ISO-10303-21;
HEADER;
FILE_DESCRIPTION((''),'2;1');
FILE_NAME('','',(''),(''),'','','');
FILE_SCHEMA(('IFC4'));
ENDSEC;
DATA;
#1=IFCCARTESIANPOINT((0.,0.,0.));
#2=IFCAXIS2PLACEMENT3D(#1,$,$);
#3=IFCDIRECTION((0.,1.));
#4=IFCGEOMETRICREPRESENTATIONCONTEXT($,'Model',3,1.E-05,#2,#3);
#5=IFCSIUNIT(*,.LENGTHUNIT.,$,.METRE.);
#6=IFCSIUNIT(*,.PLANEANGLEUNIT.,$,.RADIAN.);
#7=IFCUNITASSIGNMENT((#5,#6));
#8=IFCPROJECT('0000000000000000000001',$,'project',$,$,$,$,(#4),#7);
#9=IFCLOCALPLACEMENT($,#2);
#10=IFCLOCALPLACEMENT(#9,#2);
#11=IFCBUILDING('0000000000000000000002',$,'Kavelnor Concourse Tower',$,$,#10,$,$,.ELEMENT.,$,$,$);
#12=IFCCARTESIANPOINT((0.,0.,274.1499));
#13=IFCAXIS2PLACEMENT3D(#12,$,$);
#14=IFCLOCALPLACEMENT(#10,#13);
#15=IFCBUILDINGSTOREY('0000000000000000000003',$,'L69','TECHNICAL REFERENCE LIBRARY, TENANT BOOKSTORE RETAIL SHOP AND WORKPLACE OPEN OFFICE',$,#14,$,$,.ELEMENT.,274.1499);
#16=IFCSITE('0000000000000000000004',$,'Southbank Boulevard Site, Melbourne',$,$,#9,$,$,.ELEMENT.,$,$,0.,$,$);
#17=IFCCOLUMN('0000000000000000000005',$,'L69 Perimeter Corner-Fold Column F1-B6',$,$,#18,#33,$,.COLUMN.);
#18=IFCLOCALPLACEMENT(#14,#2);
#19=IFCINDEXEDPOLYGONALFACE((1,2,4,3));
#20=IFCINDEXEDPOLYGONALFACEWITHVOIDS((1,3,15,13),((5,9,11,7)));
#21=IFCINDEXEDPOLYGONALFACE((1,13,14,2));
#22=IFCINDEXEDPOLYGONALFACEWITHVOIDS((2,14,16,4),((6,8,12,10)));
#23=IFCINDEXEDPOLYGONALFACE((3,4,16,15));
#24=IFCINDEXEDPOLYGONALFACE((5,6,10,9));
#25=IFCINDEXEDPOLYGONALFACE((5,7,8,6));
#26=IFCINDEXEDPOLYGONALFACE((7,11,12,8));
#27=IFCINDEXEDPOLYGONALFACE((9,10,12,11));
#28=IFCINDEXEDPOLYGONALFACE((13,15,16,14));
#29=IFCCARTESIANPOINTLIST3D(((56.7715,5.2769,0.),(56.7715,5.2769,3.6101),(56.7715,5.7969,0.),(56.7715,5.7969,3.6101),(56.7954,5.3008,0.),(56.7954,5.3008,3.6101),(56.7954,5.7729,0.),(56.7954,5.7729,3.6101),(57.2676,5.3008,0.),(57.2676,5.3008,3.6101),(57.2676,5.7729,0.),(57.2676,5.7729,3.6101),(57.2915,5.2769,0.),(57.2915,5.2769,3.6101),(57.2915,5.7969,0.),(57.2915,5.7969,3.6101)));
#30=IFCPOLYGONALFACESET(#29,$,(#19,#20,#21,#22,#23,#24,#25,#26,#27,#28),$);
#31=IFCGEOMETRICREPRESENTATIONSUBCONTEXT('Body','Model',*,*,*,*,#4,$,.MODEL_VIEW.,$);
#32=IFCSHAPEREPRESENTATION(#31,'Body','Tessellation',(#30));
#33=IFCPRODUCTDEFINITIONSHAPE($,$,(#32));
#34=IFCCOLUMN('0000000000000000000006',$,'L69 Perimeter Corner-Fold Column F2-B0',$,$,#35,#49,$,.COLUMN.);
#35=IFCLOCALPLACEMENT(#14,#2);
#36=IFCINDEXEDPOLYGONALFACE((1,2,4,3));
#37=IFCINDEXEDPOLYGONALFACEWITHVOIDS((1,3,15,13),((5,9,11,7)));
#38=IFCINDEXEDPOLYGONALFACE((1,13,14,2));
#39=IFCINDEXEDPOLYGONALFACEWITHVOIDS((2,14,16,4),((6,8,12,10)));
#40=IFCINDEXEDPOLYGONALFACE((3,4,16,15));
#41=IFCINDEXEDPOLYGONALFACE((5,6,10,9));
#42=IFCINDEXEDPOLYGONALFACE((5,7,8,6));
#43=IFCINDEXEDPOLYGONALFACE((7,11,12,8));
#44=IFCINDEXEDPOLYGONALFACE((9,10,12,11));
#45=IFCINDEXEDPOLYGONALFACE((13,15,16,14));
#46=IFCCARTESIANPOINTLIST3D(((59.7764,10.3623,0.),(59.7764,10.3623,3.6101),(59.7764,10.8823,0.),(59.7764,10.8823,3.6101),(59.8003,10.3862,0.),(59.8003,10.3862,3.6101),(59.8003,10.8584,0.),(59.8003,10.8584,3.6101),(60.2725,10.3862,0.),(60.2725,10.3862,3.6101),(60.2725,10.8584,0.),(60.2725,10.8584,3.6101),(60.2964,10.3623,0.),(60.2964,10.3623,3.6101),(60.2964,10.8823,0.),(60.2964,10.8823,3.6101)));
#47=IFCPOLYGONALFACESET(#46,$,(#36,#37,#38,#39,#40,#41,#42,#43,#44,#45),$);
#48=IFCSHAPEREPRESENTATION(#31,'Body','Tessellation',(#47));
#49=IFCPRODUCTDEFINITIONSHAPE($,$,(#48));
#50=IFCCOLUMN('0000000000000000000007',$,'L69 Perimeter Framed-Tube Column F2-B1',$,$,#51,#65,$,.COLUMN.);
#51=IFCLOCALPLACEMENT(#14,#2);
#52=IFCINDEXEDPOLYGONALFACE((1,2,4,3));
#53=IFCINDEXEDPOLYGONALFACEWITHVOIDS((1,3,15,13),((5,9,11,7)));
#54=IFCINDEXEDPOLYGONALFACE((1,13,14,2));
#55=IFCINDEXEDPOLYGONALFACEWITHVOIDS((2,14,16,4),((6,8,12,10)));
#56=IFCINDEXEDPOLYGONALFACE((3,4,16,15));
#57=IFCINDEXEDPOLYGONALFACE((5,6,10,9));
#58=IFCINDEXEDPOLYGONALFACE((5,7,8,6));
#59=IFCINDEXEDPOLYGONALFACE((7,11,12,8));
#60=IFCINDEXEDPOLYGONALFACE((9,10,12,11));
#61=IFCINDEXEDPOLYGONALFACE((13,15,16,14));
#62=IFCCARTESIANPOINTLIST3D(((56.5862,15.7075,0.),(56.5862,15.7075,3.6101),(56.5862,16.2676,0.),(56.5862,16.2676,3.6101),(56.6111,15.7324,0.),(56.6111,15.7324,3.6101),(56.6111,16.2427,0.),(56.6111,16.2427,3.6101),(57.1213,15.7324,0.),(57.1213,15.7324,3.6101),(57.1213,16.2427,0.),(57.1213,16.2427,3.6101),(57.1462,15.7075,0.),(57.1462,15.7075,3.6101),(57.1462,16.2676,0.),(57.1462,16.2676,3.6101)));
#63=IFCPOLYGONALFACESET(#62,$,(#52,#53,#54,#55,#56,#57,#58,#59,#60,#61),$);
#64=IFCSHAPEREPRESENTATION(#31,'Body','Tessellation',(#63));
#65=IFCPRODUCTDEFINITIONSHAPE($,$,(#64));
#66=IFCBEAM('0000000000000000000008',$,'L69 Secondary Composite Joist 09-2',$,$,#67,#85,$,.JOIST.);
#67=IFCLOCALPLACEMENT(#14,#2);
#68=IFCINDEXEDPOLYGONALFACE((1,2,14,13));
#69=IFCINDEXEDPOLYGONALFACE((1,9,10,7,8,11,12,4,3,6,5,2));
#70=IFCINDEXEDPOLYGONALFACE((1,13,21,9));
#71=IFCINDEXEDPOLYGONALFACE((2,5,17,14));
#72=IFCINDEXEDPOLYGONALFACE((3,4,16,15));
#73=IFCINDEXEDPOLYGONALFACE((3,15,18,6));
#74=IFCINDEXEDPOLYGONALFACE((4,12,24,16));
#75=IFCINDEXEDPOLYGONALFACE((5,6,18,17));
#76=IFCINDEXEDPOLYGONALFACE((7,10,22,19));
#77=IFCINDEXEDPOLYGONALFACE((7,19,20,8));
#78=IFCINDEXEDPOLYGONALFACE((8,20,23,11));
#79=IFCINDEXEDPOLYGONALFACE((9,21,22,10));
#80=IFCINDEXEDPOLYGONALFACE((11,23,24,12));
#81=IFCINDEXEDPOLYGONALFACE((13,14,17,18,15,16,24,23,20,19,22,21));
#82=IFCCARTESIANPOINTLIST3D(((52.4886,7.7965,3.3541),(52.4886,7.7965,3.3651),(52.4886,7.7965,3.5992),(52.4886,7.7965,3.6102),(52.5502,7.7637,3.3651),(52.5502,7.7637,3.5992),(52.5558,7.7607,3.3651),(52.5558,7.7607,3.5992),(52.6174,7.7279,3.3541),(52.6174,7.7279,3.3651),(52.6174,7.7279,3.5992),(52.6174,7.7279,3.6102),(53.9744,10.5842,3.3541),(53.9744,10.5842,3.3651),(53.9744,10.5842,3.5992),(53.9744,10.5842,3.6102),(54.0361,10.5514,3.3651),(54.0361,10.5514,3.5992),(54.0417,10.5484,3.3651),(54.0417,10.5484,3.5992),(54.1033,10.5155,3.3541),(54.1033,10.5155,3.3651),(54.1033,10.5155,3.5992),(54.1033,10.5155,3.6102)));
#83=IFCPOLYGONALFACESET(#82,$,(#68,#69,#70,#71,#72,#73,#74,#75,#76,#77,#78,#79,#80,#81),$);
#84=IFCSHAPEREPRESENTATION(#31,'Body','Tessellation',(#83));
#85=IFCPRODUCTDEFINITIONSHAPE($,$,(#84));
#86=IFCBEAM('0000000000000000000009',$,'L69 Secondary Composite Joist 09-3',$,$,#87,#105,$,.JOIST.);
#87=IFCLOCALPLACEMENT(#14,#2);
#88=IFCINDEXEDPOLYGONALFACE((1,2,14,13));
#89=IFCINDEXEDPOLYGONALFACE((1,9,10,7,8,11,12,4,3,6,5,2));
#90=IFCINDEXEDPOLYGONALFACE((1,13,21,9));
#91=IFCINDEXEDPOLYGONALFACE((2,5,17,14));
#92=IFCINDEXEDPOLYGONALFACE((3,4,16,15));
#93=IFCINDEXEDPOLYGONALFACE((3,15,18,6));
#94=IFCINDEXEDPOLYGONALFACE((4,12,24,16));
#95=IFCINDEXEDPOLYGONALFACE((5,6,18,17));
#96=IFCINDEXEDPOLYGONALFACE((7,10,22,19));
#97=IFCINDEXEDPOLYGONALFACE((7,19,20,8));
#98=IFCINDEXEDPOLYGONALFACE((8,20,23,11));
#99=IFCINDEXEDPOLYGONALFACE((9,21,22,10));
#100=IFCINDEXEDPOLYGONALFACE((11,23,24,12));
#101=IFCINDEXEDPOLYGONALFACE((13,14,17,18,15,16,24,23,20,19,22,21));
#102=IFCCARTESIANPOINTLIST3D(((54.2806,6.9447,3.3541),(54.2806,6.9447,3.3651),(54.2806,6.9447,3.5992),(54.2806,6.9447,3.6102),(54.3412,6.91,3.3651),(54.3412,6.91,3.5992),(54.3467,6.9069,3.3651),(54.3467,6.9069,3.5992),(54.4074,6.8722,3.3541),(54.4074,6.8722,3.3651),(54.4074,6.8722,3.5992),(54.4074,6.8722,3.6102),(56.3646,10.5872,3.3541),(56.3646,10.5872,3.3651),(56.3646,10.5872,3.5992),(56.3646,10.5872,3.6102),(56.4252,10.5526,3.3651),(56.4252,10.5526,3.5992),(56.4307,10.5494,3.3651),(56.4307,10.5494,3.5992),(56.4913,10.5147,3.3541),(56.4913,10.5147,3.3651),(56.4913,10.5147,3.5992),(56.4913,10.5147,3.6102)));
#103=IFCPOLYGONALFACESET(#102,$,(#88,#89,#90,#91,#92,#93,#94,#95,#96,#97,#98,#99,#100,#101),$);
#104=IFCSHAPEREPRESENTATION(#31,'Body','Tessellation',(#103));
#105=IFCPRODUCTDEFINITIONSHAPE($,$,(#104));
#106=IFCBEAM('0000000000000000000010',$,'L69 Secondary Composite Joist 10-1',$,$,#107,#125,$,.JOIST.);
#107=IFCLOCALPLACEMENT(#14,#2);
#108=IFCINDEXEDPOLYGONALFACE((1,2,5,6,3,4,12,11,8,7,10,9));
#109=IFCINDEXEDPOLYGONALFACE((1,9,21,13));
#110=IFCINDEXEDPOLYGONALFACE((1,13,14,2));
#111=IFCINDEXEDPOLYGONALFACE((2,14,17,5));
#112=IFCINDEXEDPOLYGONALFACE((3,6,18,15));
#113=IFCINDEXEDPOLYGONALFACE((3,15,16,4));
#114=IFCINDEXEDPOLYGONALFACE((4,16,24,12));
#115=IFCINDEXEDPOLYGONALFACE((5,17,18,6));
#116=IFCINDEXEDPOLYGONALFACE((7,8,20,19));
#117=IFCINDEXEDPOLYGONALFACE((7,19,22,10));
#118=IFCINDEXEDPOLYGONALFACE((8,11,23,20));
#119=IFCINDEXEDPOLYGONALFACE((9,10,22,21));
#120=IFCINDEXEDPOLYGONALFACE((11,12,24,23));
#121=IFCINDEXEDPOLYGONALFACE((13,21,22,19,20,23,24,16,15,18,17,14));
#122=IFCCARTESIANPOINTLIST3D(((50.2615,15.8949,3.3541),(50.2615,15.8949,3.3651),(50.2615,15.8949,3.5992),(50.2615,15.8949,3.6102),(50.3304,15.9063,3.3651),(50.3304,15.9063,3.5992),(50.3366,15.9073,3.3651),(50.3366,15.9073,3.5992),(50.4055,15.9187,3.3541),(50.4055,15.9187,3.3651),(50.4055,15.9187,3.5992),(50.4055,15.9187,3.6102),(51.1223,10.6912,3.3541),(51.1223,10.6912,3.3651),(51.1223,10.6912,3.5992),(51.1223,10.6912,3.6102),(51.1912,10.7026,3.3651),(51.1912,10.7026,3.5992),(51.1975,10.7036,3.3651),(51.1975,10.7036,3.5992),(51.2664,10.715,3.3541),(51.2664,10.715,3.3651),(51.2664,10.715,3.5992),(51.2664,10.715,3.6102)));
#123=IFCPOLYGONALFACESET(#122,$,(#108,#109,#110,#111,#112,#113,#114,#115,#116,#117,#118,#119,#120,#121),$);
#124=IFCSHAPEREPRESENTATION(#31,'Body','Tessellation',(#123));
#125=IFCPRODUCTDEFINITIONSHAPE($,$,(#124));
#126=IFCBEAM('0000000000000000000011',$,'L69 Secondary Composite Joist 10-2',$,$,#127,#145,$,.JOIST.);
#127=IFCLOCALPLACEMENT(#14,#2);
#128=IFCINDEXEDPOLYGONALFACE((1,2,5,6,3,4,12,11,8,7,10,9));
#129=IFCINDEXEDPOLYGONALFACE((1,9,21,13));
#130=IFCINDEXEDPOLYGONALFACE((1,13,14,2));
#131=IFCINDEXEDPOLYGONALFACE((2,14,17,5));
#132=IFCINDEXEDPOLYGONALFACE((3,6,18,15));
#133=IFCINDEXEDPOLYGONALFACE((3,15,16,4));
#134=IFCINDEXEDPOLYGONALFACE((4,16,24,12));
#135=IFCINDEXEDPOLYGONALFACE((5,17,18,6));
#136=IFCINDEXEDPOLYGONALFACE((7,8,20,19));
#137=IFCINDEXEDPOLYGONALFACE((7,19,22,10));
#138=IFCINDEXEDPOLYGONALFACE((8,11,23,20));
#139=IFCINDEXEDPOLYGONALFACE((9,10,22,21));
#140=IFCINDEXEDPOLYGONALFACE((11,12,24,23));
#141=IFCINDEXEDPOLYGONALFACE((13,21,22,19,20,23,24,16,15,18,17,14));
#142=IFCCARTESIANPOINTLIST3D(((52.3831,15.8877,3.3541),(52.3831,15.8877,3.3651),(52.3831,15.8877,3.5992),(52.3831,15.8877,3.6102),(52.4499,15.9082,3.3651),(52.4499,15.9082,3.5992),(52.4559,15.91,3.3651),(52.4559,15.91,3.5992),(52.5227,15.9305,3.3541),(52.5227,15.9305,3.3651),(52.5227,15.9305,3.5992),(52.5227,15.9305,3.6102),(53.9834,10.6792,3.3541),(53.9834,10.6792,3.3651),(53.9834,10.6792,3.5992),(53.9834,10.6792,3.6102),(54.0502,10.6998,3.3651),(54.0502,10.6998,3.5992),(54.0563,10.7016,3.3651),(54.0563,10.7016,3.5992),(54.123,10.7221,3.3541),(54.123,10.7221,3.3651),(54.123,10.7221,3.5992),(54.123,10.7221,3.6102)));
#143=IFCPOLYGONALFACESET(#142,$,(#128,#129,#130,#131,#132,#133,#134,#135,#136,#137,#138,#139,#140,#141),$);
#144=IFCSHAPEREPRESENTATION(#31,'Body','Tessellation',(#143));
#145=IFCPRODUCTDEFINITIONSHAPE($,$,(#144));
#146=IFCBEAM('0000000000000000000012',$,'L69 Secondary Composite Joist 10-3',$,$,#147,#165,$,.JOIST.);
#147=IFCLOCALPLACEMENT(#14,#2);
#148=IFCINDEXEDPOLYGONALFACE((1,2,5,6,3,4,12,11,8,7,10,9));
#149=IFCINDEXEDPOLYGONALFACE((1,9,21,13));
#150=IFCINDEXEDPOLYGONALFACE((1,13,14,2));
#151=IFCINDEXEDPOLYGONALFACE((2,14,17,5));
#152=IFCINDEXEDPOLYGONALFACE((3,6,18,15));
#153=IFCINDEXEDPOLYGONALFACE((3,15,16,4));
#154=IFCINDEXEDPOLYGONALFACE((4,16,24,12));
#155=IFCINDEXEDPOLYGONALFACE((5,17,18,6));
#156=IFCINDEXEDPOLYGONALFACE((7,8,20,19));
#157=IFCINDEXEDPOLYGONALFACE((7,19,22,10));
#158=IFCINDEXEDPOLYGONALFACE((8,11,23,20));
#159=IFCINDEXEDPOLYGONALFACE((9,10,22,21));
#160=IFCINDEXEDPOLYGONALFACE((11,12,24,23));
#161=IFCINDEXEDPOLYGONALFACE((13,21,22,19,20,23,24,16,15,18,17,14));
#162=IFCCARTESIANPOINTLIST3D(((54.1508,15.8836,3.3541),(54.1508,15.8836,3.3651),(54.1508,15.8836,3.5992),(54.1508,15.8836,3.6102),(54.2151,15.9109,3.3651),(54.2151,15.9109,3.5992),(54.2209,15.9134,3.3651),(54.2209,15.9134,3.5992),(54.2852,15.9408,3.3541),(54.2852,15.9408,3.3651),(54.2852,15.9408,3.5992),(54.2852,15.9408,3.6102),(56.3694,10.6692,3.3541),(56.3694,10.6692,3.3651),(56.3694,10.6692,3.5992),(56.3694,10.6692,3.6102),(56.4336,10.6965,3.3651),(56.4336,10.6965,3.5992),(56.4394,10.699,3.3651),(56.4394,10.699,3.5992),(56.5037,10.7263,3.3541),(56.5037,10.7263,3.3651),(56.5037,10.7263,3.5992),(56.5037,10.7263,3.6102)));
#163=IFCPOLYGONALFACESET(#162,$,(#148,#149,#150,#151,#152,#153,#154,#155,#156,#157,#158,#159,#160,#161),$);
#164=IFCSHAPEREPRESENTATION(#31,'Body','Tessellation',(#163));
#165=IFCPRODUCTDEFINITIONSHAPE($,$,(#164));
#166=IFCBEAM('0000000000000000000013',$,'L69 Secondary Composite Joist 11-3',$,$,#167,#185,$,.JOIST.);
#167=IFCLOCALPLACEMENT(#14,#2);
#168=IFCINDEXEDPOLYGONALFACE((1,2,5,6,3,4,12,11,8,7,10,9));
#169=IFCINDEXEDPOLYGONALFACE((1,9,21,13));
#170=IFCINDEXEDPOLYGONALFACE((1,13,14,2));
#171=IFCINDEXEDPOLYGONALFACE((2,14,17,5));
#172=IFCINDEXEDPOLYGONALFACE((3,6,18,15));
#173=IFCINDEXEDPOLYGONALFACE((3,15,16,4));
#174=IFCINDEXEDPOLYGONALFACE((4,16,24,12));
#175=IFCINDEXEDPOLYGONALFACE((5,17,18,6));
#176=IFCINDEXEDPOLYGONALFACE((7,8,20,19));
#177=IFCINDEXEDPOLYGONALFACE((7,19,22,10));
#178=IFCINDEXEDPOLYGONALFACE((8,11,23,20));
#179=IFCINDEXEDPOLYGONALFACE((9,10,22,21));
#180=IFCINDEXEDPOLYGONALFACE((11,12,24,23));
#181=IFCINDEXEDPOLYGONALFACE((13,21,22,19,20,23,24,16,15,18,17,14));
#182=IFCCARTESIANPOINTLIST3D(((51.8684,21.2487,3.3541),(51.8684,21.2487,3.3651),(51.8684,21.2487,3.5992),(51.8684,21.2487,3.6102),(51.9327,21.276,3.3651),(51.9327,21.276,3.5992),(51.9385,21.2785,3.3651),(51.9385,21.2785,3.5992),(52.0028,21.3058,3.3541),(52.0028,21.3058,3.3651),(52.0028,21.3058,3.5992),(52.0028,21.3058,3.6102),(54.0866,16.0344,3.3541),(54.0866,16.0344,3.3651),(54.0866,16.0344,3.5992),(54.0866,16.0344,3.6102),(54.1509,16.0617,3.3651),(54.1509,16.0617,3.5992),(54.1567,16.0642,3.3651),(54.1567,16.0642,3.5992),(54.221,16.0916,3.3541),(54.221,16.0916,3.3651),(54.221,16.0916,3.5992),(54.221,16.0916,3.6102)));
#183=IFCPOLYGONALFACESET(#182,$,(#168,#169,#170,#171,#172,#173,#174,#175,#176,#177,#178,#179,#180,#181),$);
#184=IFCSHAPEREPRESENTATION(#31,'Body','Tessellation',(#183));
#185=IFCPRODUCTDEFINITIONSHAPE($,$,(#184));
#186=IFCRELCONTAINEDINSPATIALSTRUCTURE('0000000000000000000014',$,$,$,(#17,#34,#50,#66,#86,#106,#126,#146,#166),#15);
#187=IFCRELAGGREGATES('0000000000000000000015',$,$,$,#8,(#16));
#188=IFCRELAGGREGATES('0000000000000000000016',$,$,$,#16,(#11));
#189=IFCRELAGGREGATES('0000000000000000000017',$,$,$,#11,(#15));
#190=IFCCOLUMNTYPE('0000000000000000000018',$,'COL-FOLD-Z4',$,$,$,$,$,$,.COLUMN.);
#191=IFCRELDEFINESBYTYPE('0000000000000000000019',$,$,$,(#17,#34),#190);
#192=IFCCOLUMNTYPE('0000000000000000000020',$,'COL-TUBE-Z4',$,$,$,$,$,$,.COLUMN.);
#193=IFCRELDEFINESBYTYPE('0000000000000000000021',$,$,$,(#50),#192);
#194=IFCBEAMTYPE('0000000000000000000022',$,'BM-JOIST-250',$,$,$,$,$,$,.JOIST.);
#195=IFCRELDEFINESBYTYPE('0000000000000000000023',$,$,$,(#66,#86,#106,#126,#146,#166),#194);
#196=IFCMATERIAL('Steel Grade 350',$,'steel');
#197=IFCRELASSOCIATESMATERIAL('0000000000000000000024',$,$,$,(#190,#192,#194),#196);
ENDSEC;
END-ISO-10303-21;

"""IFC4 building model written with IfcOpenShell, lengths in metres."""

from ifc_helpers import new_model, si_unit, direction, frame, origin, origin_2d, place, context, subcontext, project, spatial, hollow_rectangle, i_section, extrude, material, material_profile, profile_set, type_object, element, save


model = new_model("IFC4")

# Units and contexts
model_context = context("Model", 3, precision=1e-05, world=origin(), true_north=direction((0.0, 1.0)))
body_context = subcontext(model_context, "Body", "Model", "MODEL_VIEW")
ifc_project = project(units=[si_unit("LENGTHUNIT", "METRE"), si_unit("PLANEANGLEUNIT", "RADIAN")], contexts=[model_context])

# Site, building, storey
site_placement = place(None, origin())
site = spatial("IfcSite", under=ifc_project, at=site_placement, Name="Southbank Boulevard Site, Melbourne", CompositionType="ELEMENT", RefElevation=0.0)
building_placement = place(site_placement, origin())
building = spatial("IfcBuilding", under=site, at=building_placement, Name="Kavelnor Concourse Tower", CompositionType="ELEMENT")
storey_placement = place(building_placement, frame((0.0, 0.0, 274.1499)))
storey = spatial("IfcBuildingStorey", under=building, at=storey_placement, Name="L69", Description="TECHNICAL REFERENCE LIBRARY, TENANT BOOKSTORE RETAIL SHOP AND WORKPLACE OPEN OFFICE", CompositionType="ELEMENT", Elevation=274.1499)

# Columns
ifc_material_1 = material(Name="Steel Grade 350", Category="steel")
ifc_material_profile_1 = material_profile(ifc_material_1, hollow_rectangle(XDim=0.52, YDim=0.52, WallThickness=0.0239, at=origin_2d()), Name="SHS 520x520x24")
ifc_profile_set_1 = profile_set([ifc_material_profile_1], Name="Steel Grade 350")
column_type_1 = type_object("IfcColumnType", Name="COL-FOLD-Z4", PredefinedType="COLUMN", material=ifc_profile_set_1)
for number, where, z_axis, x_axis, name in (
    (1, (57.0315, 5.5369, 0.0), (0.0, 0.0, 1.0), (1.0, 0.0, 0.0), "L69 Perimeter Corner-Fold Column F1-B6"),
    (2, (60.0364, 10.6223, 0.0), (0.0, 0.0, 1.0), (1.0, 0.0, 0.0), "L69 Perimeter Corner-Fold Column F2-B0"),
):
    element("IfcColumn", number, at=place(storey_placement, frame(where, z_axis=z_axis, x_axis=x_axis)), inside=storey, type_object=column_type_1, Name=name, PredefinedType="COLUMN", context=body_context, shape_type="SweptSolid", body=[
        extrude(hollow_rectangle(XDim=0.52, YDim=0.52, WallThickness=0.0239, at=origin_2d()), origin(), (0.0, 0.0, 1.0), 3.6101),
    ])
ifc_material_profile_2 = material_profile(ifc_material_1, hollow_rectangle(XDim=0.5601, YDim=0.5601, WallThickness=0.0249, at=origin_2d()), Name="SHS 560x560x25")
ifc_profile_set_2 = profile_set([ifc_material_profile_2], Name="Steel Grade 350")
column_type_2 = type_object("IfcColumnType", Name="COL-TUBE-Z4", PredefinedType="COLUMN", material=ifc_profile_set_2)
column_placement = place(storey_placement, frame((56.8662, 15.9875, 0.0), z_axis=(0.0, 0.0, 1.0), x_axis=(1.0, 0.0, 0.0)))
element("IfcColumn", 3, at=column_placement, inside=storey, type_object=column_type_2, Name="L69 Perimeter Framed-Tube Column F2-B1", PredefinedType="COLUMN", context=body_context, shape_type="SweptSolid", body=[
    extrude(hollow_rectangle(XDim=0.5601, YDim=0.5601, WallThickness=0.0249, at=origin_2d()), origin(), (0.0, 0.0, 1.0), 3.6101),
])

# Beams
ifc_material_profile_3 = material_profile(ifc_material_1, i_section(OverallWidth=0.146, OverallDepth=0.2561, WebThickness=0.0063, FlangeThickness=0.011, at=origin_2d()), Name="250UB37")
ifc_profile_set_3 = profile_set([ifc_material_profile_3], Name="Steel Grade 350")
beam_type_1 = type_object("IfcBeamType", Name="BM-JOIST-250", PredefinedType="JOIST", material=ifc_profile_set_3)
beam_1_placement = place(storey_placement, frame((52.553, 7.7622, 3.4822), z_axis=(0.470372, 0.882468, 0.0), x_axis=(-0.882468, 0.470372, 0.0)))
element("IfcBeam", 4, at=beam_1_placement, inside=storey, type_object=beam_type_1, Name="L69 Secondary Composite Joist 09-2", PredefinedType="JOIST", context=body_context, shape_type="SweptSolid", body=[
    extrude(i_section(OverallWidth=0.146, OverallDepth=0.2561, WebThickness=0.0063, FlangeThickness=0.011, at=origin_2d()), origin(), (0.0, 0.0, 1.0), 3.1589),
])
beam_2_placement = place(storey_placement, frame((54.344, 6.9084, 3.4822), z_axis=(0.49659, 0.867985, 0.0), x_axis=(-0.867985, 0.49659, 0.0)))
element("IfcBeam", 5, at=beam_2_placement, inside=storey, type_object=beam_type_1, Name="L69 Secondary Composite Joist 09-3", PredefinedType="JOIST", context=body_context, shape_type="SweptSolid", body=[
    extrude(i_section(OverallWidth=0.146, OverallDepth=0.2561, WebThickness=0.0063, FlangeThickness=0.011, at=origin_2d()), origin(), (0.0, 0.0, 1.0), 4.1965),
])
beam_3_placement = place(storey_placement, frame((51.1943, 10.7031, 3.4822), z_axis=(-0.163213, 0.986591, 0.0), x_axis=(-0.986591, -0.163213, 0.0)))
element("IfcBeam", 6, at=beam_3_placement, inside=storey, type_object=beam_type_1, Name="L69 Secondary Composite Joist 10-1", PredefinedType="JOIST", context=body_context, shape_type="SweptSolid", body=[
    extrude(i_section(OverallWidth=0.146, OverallDepth=0.2561, WebThickness=0.0063, FlangeThickness=0.011, at=origin_2d()), origin(), (0.0, 0.0, 1.0), 5.2744),
])
beam_4_placement = place(storey_placement, frame((54.0532, 10.7007, 3.4822), z_axis=(-0.293705, 0.955896, 0.0), x_axis=(-0.955896, -0.293705, 0.0)))
element("IfcBeam", 7, at=beam_4_placement, inside=storey, type_object=beam_type_1, Name="L69 Secondary Composite Joist 10-2", PredefinedType="JOIST", context=body_context, shape_type="SweptSolid", body=[
    extrude(i_section(OverallWidth=0.146, OverallDepth=0.2561, WebThickness=0.0063, FlangeThickness=0.011, at=origin_2d()), origin(), (0.0, 0.0, 1.0), 5.4487),
])
beam_5_placement = place(storey_placement, frame((56.4365, 10.6978, 3.4822), z_axis=(-0.3915, 0.920178, 0.0), x_axis=(-0.920178, -0.3915, 0.0)))
element("IfcBeam", 8, at=beam_5_placement, inside=storey, type_object=beam_type_1, Name="L69 Secondary Composite Joist 10-3", PredefinedType="JOIST", context=body_context, shape_type="SweptSolid", body=[
    extrude(i_section(OverallWidth=0.146, OverallDepth=0.2561, WebThickness=0.0063, FlangeThickness=0.011, at=origin_2d()), origin(), (0.0, 0.0, 1.0), 5.6667),
])
beam_6_placement = place(storey_placement, frame((54.1538, 16.063, 3.4822), z_axis=(-0.391464, 0.920194, 0.0), x_axis=(-0.920194, -0.391464, 0.0)))
element("IfcBeam", 9, at=beam_6_placement, inside=storey, type_object=beam_type_1, Name="L69 Secondary Composite Joist 11-3", PredefinedType="JOIST", context=body_context, shape_type="SweptSolid", body=[
    extrude(i_section(OverallWidth=0.146, OverallDepth=0.2561, WebThickness=0.0063, FlangeThickness=0.011, at=origin_2d()), origin(), (0.0, 0.0, 1.0), 5.6665),
])

save(model, "model.ifc")
